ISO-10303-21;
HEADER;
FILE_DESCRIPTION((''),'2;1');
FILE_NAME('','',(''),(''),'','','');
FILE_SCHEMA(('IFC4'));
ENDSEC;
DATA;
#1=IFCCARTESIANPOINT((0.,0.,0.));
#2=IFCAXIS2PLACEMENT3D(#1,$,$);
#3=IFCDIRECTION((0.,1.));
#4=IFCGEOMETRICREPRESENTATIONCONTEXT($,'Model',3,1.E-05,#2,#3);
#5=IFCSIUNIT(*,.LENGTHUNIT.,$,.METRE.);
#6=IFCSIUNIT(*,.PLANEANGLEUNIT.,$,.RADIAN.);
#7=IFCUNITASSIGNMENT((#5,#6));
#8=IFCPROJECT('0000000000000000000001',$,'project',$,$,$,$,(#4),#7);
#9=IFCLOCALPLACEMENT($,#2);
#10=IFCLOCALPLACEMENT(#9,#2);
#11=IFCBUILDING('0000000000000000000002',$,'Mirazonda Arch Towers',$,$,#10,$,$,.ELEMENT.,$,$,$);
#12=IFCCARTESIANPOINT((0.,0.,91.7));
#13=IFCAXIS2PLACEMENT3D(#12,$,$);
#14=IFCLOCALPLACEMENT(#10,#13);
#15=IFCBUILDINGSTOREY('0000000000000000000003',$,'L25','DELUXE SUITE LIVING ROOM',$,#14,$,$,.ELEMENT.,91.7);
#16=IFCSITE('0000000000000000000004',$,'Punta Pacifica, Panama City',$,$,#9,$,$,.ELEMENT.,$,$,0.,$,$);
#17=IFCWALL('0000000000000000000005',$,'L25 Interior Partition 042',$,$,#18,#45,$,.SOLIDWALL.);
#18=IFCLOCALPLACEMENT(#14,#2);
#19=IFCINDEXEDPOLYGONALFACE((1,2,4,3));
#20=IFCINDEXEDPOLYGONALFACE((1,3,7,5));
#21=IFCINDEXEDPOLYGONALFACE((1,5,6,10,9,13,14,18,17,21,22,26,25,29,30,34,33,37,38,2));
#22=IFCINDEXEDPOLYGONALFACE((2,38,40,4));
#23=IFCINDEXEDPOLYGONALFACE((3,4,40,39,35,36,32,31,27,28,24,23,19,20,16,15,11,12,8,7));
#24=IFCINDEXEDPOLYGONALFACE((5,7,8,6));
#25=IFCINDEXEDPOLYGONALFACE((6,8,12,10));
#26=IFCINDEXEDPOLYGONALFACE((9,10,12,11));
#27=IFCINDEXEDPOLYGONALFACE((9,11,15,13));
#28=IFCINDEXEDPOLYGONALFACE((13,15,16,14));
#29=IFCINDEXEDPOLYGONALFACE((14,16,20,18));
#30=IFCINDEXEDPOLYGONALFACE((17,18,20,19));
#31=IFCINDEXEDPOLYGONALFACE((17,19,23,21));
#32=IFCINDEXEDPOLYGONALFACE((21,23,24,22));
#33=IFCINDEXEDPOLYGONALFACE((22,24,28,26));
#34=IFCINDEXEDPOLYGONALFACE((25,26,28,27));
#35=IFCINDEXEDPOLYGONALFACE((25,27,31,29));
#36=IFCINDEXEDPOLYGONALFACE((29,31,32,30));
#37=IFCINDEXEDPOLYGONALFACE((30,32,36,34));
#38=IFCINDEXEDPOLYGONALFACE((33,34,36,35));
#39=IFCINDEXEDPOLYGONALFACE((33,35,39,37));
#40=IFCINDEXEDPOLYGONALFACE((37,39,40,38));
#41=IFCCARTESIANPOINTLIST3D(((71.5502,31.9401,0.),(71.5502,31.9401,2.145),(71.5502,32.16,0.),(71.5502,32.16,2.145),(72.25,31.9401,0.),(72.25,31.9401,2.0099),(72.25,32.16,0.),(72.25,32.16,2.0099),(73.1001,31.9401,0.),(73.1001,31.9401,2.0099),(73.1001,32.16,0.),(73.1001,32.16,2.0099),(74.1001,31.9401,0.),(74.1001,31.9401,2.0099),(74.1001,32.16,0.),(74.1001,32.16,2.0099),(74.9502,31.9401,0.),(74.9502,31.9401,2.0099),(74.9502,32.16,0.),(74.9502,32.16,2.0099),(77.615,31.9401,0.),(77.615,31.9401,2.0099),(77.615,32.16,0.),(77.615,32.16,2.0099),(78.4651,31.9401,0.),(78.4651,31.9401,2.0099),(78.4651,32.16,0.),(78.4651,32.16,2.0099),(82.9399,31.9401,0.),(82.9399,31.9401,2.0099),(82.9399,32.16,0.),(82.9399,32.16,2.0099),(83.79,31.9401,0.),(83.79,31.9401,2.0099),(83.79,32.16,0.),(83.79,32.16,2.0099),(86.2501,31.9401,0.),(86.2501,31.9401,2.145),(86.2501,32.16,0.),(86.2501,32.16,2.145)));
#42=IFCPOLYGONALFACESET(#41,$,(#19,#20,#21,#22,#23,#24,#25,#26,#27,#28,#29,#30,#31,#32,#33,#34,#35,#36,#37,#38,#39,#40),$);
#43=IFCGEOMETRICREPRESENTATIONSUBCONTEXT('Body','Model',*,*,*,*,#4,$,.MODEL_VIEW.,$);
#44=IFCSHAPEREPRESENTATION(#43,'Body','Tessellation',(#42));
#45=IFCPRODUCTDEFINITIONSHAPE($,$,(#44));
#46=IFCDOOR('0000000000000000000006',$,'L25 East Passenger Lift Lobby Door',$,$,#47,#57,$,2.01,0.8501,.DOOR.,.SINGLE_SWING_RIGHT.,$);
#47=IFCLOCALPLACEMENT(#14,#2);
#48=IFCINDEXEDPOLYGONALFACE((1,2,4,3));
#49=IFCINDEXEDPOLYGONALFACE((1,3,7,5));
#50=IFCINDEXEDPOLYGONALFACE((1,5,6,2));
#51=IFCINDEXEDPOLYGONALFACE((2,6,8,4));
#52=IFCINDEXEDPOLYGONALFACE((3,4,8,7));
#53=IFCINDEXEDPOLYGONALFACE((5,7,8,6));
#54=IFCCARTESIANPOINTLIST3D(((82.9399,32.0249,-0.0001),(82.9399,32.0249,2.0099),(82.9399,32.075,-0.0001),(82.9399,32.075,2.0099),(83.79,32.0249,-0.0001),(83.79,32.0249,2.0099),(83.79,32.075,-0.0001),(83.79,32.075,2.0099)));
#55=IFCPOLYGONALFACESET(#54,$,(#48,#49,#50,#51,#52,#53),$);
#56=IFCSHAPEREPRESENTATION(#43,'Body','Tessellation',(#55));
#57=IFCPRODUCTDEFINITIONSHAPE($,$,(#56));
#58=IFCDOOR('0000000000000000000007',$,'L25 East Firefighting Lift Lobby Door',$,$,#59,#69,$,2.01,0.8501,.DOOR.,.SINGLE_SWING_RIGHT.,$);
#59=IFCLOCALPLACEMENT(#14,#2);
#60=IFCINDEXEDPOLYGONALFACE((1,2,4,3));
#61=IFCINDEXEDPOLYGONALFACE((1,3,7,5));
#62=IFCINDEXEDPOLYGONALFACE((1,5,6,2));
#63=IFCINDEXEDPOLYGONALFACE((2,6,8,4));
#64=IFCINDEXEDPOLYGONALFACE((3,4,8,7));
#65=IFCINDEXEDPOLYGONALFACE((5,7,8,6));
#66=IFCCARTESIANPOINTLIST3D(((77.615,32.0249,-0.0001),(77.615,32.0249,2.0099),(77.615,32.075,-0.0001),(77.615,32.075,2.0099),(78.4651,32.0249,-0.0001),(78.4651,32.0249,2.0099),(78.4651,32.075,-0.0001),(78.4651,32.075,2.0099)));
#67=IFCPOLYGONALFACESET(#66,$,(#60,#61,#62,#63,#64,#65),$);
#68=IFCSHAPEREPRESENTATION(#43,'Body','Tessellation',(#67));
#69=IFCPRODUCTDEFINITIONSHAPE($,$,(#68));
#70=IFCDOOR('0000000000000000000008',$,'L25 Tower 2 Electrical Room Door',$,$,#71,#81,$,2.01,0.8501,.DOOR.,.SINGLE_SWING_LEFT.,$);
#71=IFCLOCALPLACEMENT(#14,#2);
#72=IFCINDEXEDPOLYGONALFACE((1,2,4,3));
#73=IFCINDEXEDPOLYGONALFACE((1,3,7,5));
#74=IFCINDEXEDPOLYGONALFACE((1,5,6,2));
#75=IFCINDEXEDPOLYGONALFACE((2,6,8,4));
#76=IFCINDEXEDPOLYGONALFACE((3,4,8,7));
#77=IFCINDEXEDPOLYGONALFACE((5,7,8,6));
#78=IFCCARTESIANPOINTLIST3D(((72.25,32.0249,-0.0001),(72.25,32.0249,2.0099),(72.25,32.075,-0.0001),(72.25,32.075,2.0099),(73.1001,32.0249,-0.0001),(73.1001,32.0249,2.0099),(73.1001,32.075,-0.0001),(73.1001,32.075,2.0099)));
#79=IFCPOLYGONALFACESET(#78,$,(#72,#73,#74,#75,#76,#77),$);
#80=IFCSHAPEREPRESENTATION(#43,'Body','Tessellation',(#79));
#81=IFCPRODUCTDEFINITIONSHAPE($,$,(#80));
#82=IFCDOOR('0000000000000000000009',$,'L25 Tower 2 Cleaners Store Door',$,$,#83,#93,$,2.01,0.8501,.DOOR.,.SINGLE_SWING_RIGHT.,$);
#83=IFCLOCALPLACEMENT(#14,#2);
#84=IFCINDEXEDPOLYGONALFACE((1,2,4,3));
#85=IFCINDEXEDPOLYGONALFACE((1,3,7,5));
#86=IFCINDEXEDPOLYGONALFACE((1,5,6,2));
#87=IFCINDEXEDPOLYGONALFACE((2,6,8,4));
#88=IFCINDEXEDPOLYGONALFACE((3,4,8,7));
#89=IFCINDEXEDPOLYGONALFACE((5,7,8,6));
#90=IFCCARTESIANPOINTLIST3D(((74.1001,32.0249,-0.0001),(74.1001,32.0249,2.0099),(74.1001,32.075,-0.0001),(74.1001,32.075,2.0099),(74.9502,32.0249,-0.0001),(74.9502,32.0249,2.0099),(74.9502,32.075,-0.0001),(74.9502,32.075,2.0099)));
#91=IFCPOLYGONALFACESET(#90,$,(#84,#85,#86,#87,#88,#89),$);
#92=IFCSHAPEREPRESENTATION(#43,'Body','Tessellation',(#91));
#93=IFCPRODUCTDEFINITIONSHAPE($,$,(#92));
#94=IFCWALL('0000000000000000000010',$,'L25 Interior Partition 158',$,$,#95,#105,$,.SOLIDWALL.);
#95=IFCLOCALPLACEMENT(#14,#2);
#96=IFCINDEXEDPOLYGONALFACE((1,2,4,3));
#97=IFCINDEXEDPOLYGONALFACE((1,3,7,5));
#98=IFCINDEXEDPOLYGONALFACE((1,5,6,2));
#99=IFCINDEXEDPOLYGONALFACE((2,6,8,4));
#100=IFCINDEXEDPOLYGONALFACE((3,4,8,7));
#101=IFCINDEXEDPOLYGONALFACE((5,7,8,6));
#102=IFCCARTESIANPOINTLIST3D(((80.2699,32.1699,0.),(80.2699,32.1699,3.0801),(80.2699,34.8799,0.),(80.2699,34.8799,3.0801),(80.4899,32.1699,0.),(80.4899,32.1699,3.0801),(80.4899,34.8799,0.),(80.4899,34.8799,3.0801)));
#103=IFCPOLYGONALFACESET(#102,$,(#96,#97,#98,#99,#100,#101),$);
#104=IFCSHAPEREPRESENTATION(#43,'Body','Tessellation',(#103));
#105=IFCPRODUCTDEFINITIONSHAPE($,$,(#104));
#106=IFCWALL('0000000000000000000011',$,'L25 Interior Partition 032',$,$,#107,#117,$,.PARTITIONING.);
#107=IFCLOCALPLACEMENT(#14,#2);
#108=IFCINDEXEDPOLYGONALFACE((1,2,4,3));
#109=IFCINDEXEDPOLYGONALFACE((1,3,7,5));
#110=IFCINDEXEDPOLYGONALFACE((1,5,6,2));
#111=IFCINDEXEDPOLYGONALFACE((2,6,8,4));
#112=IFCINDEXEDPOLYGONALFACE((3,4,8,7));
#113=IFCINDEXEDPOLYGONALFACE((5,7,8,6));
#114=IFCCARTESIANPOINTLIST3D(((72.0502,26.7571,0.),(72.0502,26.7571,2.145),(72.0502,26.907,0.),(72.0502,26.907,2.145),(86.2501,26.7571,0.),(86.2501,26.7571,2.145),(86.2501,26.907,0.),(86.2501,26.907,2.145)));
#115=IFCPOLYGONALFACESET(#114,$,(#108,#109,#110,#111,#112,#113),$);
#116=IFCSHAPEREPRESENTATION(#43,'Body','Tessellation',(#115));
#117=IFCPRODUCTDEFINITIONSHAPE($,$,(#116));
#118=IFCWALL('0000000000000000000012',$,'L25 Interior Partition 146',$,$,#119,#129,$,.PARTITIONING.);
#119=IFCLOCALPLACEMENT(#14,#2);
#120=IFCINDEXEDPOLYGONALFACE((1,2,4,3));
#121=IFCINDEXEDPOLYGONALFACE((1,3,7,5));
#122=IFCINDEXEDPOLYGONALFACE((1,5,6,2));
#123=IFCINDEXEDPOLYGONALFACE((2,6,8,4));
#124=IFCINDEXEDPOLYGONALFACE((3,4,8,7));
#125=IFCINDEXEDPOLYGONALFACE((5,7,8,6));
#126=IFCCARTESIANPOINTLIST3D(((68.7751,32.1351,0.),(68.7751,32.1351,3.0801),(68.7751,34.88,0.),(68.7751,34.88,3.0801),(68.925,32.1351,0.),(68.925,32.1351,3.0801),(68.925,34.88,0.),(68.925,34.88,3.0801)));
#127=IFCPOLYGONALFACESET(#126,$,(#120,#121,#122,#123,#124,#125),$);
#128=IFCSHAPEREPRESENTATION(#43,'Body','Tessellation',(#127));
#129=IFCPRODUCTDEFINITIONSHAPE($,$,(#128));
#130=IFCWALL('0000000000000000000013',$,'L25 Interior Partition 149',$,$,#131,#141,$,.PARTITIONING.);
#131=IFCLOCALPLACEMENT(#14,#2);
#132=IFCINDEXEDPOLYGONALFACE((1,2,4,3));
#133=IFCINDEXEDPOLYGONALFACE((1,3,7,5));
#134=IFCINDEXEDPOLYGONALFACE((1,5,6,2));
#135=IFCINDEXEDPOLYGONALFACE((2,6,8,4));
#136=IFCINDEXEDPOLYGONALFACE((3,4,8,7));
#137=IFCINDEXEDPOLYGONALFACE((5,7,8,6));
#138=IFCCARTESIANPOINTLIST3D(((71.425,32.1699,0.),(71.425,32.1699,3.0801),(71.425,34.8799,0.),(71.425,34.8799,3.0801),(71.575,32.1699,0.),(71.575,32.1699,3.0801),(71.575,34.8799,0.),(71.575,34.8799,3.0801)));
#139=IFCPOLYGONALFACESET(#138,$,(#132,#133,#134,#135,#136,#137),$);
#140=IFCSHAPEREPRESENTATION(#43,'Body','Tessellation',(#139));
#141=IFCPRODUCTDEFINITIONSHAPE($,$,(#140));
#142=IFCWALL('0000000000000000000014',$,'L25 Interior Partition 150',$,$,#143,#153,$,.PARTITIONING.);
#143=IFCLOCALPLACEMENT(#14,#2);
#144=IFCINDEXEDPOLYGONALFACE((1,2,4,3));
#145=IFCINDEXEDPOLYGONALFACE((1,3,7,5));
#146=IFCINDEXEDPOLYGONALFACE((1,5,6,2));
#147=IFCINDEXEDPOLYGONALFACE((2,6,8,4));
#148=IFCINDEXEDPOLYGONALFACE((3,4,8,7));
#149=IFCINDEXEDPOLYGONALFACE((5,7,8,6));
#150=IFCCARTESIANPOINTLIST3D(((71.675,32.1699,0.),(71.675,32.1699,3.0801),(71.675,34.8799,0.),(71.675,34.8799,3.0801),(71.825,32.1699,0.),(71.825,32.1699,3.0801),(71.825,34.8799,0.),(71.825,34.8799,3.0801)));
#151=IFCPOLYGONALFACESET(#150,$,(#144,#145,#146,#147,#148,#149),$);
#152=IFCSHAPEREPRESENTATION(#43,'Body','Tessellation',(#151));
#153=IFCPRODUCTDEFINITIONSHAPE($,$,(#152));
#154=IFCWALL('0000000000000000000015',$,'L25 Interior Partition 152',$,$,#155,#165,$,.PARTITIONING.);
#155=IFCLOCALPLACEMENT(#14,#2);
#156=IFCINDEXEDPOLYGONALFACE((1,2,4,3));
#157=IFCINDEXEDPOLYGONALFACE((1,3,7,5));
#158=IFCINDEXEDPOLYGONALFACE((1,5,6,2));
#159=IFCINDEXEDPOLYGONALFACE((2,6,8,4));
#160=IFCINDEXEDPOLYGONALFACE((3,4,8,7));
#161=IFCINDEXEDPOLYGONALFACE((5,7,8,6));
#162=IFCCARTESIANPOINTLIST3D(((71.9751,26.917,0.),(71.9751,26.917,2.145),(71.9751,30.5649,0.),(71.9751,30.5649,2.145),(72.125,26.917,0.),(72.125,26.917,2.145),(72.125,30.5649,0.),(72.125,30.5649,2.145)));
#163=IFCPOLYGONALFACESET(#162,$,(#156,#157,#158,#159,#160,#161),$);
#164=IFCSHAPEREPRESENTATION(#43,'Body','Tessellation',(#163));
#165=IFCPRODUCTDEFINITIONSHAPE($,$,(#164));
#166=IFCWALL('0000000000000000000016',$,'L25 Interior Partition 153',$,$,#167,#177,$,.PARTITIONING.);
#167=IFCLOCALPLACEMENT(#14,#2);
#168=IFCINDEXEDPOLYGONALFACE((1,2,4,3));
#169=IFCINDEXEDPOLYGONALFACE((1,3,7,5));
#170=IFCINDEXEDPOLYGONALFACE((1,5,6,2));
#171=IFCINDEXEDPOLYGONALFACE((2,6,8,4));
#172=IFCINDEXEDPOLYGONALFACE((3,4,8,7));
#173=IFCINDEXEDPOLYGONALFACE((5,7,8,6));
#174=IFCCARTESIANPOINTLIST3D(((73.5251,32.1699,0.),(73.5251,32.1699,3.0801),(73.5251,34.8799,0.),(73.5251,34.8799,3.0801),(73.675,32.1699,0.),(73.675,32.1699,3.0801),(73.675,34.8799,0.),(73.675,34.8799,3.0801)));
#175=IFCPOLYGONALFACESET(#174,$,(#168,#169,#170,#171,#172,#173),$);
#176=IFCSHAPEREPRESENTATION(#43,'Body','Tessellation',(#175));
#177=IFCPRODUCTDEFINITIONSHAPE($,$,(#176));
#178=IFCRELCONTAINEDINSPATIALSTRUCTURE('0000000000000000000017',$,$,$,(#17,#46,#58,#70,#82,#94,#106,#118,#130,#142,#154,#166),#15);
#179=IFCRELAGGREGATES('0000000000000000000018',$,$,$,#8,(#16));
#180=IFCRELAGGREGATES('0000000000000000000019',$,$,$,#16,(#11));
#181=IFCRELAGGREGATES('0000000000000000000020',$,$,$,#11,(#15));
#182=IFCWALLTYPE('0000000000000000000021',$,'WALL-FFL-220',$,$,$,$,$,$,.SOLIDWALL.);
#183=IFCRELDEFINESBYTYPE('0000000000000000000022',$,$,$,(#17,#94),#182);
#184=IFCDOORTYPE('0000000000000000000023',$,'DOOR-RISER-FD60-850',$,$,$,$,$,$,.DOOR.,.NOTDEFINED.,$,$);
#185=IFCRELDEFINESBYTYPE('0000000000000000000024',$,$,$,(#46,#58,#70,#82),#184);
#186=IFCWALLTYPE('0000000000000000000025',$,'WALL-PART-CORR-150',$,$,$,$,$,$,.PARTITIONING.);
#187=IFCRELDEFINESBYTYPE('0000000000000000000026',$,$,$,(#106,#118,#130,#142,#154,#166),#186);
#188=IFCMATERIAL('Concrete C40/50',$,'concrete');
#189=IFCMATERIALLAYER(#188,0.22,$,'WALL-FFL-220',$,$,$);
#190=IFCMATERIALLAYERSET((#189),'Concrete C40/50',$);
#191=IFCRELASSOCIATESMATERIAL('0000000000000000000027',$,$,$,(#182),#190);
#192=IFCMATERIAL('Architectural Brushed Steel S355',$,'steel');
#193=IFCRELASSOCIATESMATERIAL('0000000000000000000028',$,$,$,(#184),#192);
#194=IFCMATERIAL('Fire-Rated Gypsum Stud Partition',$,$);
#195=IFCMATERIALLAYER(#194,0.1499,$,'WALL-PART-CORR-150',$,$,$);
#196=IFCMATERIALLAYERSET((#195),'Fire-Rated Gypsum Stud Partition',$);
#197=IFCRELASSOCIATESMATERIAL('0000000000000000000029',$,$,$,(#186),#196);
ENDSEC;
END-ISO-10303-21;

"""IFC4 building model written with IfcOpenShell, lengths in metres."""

from ifc_helpers import new_model, si_unit, direction, frame, frame_2d, origin, place, context, subcontext, project, spatial, rectangle, extrude, material, layer, layer_set, type_object, element, fill, save


model = new_model("IFC4")

# Units and contexts
model_context = context("Model", 3, precision=1e-05, world=origin(), true_north=direction((0.0, 1.0)))
body_context = subcontext(model_context, "Body", "Model", "MODEL_VIEW")
ifc_project = project(units=[si_unit("LENGTHUNIT", "METRE"), si_unit("PLANEANGLEUNIT", "RADIAN")], contexts=[model_context])

# Site, building, storey
site_placement = place(None, origin())
site = spatial("IfcSite", under=ifc_project, at=site_placement, Name="Punta Pacifica, Panama City", CompositionType="ELEMENT", RefElevation=0.0)
building_placement = place(site_placement, origin())
building = spatial("IfcBuilding", under=site, at=building_placement, Name="Mirazonda Arch Towers", CompositionType="ELEMENT")
storey_placement = place(building_placement, frame((0.0, 0.0, 91.7)))
storey = spatial("IfcBuildingStorey", under=building, at=storey_placement, Name="L25", Description="DELUXE SUITE LIVING ROOM", CompositionType="ELEMENT", Elevation=91.7)

# Wall, openings, doors
ifc_material_1 = material(Name="Architectural Brushed Steel S355", Category="steel")
ifc_material_2 = material(Name="Concrete C40/50", Category="concrete")
ifc_layer_1 = layer(ifc_material_2, 0.22, Name="WALL-FFL-220")
ifc_layer_set_1 = layer_set([ifc_layer_1], Name="Concrete C40/50")
wall_type_1 = type_object("IfcWallType", Name="WALL-FFL-220", PredefinedType="SOLIDWALL", material=ifc_layer_set_1)
wall_1_placement = place(storey_placement, frame((71.55, 32.05, 0.0), z_axis=(0.0, 0.0, 1.0), x_axis=(1.0, 0.0, 0.0)))
wall_1 = element("IfcWall", 1, at=wall_1_placement, inside=storey, type_object=wall_type_1, Name="L25 Interior Partition 042", PredefinedType="SOLIDWALL", context=body_context, shape_type="SweptSolid", body=[
    extrude(rectangle(XDim=14.7, YDim=0.22, at=frame_2d((7.3501, 0.0))), origin(), (0.0, 0.0, 1.0), 2.145),
])
opening_1_placement = place(wall_1_placement, frame((11.3899, 0.0, 0.0)))
opening_1 = element("IfcOpeningElement", 2, at=opening_1_placement, cuts=wall_1, PredefinedType="OPENING", context=body_context, shape_type="SweptSolid", body=[
    extrude(rectangle(XDim=0.8501, YDim=2.01, at=frame_2d((0.425, 1.0049))), frame((0.0, 0.1199, 0.0), z_axis=(0.0, -1.0, 0.0), x_axis=(1.0, 0.0, 0.0)), (0.0, 0.0, 1.0), 0.24),
])
opening_2_placement = place(wall_1_placement, frame((6.0649, 0.0, 0.0)))
opening_2 = element("IfcOpeningElement", 3, at=opening_2_placement, cuts=wall_1, PredefinedType="OPENING", context=body_context, shape_type="SweptSolid", body=[
    extrude(rectangle(XDim=0.8501, YDim=2.01, at=frame_2d((0.425, 1.0049))), frame((0.0, 0.1199, 0.0), z_axis=(0.0, -1.0, 0.0), x_axis=(1.0, 0.0, 0.0)), (0.0, 0.0, 1.0), 0.24),
])
opening_3_placement = place(wall_1_placement, frame((0.7, 0.0, 0.0)))
opening_3 = element("IfcOpeningElement", 4, at=opening_3_placement, cuts=wall_1, PredefinedType="OPENING", context=body_context, shape_type="SweptSolid", body=[
    extrude(rectangle(XDim=0.8501, YDim=2.01, at=frame_2d((0.425, 1.0049))), frame((0.0, 0.1199, 0.0), z_axis=(0.0, -1.0, 0.0), x_axis=(1.0, 0.0, 0.0)), (0.0, 0.0, 1.0), 0.24),
])
opening_4_placement = place(wall_1_placement, frame((2.55, 0.0, 0.0)))
opening_4 = element("IfcOpeningElement", 5, at=opening_4_placement, cuts=wall_1, PredefinedType="OPENING", context=body_context, shape_type="SweptSolid", body=[
    extrude(rectangle(XDim=0.8501, YDim=2.01, at=frame_2d((0.425, 1.0049))), frame((0.0, 0.1199, 0.0), z_axis=(0.0, -1.0, 0.0), x_axis=(1.0, 0.0, 0.0)), (0.0, 0.0, 1.0), 0.24),
])
door_type_1 = type_object("IfcDoorType", Name="DOOR-RISER-FD60-850", OperationType="NOTDEFINED", PredefinedType="DOOR", material=ifc_material_1)
door_1_placement = place(opening_1_placement, origin())
door_1 = element("IfcDoor", 6, at=door_1_placement, inside=storey, type_object=door_type_1, Name="L25 East Passenger Lift Lobby Door", OperationType="SINGLE_SWING_RIGHT", OverallHeight=2.01, OverallWidth=0.8501, PredefinedType="DOOR", context=body_context, shape_type="SweptSolid", body=[
    extrude(rectangle(XDim=0.8501, YDim=2.01, at=frame_2d((0.425, 1.0049))), frame((0.0, 0.0249, 0.0), z_axis=(0.0, -1.0, 0.0), x_axis=(1.0, 0.0, 0.0)), (0.0, 0.0, 1.0), 0.05),
])
fill(opening_1, door_1)
door_2_placement = place(opening_2_placement, origin())
door_2 = element("IfcDoor", 7, at=door_2_placement, inside=storey, type_object=door_type_1, Name="L25 East Firefighting Lift Lobby Door", OperationType="SINGLE_SWING_RIGHT", OverallHeight=2.01, OverallWidth=0.8501, PredefinedType="DOOR", context=body_context, shape_type="SweptSolid", body=[
    extrude(rectangle(XDim=0.8501, YDim=2.01, at=frame_2d((0.425, 1.0049))), frame((0.0, 0.0249, 0.0), z_axis=(0.0, -1.0, 0.0), x_axis=(1.0, 0.0, 0.0)), (0.0, 0.0, 1.0), 0.05),
])
fill(opening_2, door_2)
door_3_placement = place(opening_3_placement, origin())
door_3 = element("IfcDoor", 8, at=door_3_placement, inside=storey, type_object=door_type_1, Name="L25 Tower 2 Electrical Room Door", OperationType="SINGLE_SWING_LEFT", OverallHeight=2.01, OverallWidth=0.8501, PredefinedType="DOOR", context=body_context, shape_type="SweptSolid", body=[
    extrude(rectangle(XDim=0.8501, YDim=2.01, at=frame_2d((0.425, 1.0049))), frame((0.0, 0.0249, 0.0), z_axis=(0.0, -1.0, 0.0), x_axis=(1.0, 0.0, 0.0)), (0.0, 0.0, 1.0), 0.05),
])
fill(opening_3, door_3)
door_4_placement = place(opening_4_placement, origin())
door_4 = element("IfcDoor", 9, at=door_4_placement, inside=storey, type_object=door_type_1, Name="L25 Tower 2 Cleaners Store Door", OperationType="SINGLE_SWING_RIGHT", OverallHeight=2.01, OverallWidth=0.8501, PredefinedType="DOOR", context=body_context, shape_type="SweptSolid", body=[
    extrude(rectangle(XDim=0.8501, YDim=2.01, at=frame_2d((0.425, 1.0049))), frame((0.0, 0.0249, 0.0), z_axis=(0.0, -1.0, 0.0), x_axis=(1.0, 0.0, 0.0)), (0.0, 0.0, 1.0), 0.05),
])
fill(opening_4, door_4)

# Walls
wall_2_placement = place(storey_placement, frame((80.3799, 32.1699, 0.0), z_axis=(0.0, 0.0, 1.0), x_axis=(0.0, 1.0, 0.0)))
element("IfcWall", 10, at=wall_2_placement, inside=storey, type_object=wall_type_1, Name="L25 Interior Partition 158", PredefinedType="SOLIDWALL", context=body_context, shape_type="SweptSolid", body=[
    extrude(rectangle(XDim=2.71, YDim=0.22, at=frame_2d((1.355, 0.0))), origin(), (0.0, 0.0, 1.0), 3.0801),
])
ifc_material_3 = material(Name="Fire-Rated Gypsum Stud Partition")
ifc_layer_2 = layer(ifc_material_3, 0.1499, Name="WALL-PART-CORR-150")
ifc_layer_set_2 = layer_set([ifc_layer_2], Name="Fire-Rated Gypsum Stud Partition")
wall_type_2 = type_object("IfcWallType", Name="WALL-PART-CORR-150", PredefinedType="PARTITIONING", material=ifc_layer_set_2)
wall_3_placement = place(storey_placement, frame((72.05, 26.832, 0.0), z_axis=(0.0, 0.0, 1.0), x_axis=(1.0, 0.0, 0.0)))
element("IfcWall", 11, at=wall_3_placement, inside=storey, type_object=wall_type_2, Name="L25 Interior Partition 032", PredefinedType="PARTITIONING", context=body_context, shape_type="SweptSolid", body=[
    extrude(rectangle(XDim=14.2, YDim=0.1499, at=frame_2d((7.1001, 0.0))), origin(), (0.0, 0.0, 1.0), 2.145),
])
wall_4_placement = place(storey_placement, frame((68.8501, 32.135, 0.0), z_axis=(0.0, 0.0, 1.0), x_axis=(0.0, 1.0, 0.0)))
element("IfcWall", 12, at=wall_4_placement, inside=storey, type_object=wall_type_2, Name="L25 Interior Partition 146", PredefinedType="PARTITIONING", context=body_context, shape_type="SweptSolid", body=[
    extrude(rectangle(XDim=2.7449, YDim=0.1499, at=frame_2d((1.3726, 0.0))), origin(), (0.0, 0.0, 1.0), 3.0801),
])
for number, where, z_axis, x_axis, name in (
    (13, (71.5, 32.1699, 0.0), (0.0, 0.0, 1.0), (0.0, 1.0, 0.0), "L25 Interior Partition 149"),
    (14, (71.75, 32.1699, 0.0), (0.0, 0.0, 1.0), (0.0, 1.0, 0.0), "L25 Interior Partition 150"),
):
    element("IfcWall", number, at=place(storey_placement, frame(where, z_axis=z_axis, x_axis=x_axis)), inside=storey, type_object=wall_type_2, Name=name, PredefinedType="PARTITIONING", context=body_context, shape_type="SweptSolid", body=[
        extrude(rectangle(XDim=2.71, YDim=0.1499, at=frame_2d((1.355, 0.0))), origin(), (0.0, 0.0, 1.0), 3.0801),
    ])
wall_5_placement = place(storey_placement, frame((72.05, 26.917, 0.0), z_axis=(0.0, 0.0, 1.0), x_axis=(0.0, 1.0, 0.0)))
element("IfcWall", 15, at=wall_5_placement, inside=storey, type_object=wall_type_2, Name="L25 Interior Partition 152", PredefinedType="PARTITIONING", context=body_context, shape_type="SweptSolid", body=[
    extrude(rectangle(XDim=3.6479, YDim=0.1499, at=frame_2d((1.824, 0.0))), origin(), (0.0, 0.0, 1.0), 2.145),
])
for number, where, z_axis, x_axis, name in (
    (16, (73.6001, 32.1699, 0.0), (0.0, 0.0, 1.0), (0.0, 1.0, 0.0), "L25 Interior Partition 153"),
):
    element("IfcWall", number, at=place(storey_placement, frame(where, z_axis=z_axis, x_axis=x_axis)), inside=storey, type_object=wall_type_2, Name=name, PredefinedType="PARTITIONING", context=body_context, shape_type="SweptSolid", body=[
        extrude(rectangle(XDim=2.71, YDim=0.1499, at=frame_2d((1.355, 0.0))), origin(), (0.0, 0.0, 1.0), 3.0801),
    ])

save(model, "model.ifc")
